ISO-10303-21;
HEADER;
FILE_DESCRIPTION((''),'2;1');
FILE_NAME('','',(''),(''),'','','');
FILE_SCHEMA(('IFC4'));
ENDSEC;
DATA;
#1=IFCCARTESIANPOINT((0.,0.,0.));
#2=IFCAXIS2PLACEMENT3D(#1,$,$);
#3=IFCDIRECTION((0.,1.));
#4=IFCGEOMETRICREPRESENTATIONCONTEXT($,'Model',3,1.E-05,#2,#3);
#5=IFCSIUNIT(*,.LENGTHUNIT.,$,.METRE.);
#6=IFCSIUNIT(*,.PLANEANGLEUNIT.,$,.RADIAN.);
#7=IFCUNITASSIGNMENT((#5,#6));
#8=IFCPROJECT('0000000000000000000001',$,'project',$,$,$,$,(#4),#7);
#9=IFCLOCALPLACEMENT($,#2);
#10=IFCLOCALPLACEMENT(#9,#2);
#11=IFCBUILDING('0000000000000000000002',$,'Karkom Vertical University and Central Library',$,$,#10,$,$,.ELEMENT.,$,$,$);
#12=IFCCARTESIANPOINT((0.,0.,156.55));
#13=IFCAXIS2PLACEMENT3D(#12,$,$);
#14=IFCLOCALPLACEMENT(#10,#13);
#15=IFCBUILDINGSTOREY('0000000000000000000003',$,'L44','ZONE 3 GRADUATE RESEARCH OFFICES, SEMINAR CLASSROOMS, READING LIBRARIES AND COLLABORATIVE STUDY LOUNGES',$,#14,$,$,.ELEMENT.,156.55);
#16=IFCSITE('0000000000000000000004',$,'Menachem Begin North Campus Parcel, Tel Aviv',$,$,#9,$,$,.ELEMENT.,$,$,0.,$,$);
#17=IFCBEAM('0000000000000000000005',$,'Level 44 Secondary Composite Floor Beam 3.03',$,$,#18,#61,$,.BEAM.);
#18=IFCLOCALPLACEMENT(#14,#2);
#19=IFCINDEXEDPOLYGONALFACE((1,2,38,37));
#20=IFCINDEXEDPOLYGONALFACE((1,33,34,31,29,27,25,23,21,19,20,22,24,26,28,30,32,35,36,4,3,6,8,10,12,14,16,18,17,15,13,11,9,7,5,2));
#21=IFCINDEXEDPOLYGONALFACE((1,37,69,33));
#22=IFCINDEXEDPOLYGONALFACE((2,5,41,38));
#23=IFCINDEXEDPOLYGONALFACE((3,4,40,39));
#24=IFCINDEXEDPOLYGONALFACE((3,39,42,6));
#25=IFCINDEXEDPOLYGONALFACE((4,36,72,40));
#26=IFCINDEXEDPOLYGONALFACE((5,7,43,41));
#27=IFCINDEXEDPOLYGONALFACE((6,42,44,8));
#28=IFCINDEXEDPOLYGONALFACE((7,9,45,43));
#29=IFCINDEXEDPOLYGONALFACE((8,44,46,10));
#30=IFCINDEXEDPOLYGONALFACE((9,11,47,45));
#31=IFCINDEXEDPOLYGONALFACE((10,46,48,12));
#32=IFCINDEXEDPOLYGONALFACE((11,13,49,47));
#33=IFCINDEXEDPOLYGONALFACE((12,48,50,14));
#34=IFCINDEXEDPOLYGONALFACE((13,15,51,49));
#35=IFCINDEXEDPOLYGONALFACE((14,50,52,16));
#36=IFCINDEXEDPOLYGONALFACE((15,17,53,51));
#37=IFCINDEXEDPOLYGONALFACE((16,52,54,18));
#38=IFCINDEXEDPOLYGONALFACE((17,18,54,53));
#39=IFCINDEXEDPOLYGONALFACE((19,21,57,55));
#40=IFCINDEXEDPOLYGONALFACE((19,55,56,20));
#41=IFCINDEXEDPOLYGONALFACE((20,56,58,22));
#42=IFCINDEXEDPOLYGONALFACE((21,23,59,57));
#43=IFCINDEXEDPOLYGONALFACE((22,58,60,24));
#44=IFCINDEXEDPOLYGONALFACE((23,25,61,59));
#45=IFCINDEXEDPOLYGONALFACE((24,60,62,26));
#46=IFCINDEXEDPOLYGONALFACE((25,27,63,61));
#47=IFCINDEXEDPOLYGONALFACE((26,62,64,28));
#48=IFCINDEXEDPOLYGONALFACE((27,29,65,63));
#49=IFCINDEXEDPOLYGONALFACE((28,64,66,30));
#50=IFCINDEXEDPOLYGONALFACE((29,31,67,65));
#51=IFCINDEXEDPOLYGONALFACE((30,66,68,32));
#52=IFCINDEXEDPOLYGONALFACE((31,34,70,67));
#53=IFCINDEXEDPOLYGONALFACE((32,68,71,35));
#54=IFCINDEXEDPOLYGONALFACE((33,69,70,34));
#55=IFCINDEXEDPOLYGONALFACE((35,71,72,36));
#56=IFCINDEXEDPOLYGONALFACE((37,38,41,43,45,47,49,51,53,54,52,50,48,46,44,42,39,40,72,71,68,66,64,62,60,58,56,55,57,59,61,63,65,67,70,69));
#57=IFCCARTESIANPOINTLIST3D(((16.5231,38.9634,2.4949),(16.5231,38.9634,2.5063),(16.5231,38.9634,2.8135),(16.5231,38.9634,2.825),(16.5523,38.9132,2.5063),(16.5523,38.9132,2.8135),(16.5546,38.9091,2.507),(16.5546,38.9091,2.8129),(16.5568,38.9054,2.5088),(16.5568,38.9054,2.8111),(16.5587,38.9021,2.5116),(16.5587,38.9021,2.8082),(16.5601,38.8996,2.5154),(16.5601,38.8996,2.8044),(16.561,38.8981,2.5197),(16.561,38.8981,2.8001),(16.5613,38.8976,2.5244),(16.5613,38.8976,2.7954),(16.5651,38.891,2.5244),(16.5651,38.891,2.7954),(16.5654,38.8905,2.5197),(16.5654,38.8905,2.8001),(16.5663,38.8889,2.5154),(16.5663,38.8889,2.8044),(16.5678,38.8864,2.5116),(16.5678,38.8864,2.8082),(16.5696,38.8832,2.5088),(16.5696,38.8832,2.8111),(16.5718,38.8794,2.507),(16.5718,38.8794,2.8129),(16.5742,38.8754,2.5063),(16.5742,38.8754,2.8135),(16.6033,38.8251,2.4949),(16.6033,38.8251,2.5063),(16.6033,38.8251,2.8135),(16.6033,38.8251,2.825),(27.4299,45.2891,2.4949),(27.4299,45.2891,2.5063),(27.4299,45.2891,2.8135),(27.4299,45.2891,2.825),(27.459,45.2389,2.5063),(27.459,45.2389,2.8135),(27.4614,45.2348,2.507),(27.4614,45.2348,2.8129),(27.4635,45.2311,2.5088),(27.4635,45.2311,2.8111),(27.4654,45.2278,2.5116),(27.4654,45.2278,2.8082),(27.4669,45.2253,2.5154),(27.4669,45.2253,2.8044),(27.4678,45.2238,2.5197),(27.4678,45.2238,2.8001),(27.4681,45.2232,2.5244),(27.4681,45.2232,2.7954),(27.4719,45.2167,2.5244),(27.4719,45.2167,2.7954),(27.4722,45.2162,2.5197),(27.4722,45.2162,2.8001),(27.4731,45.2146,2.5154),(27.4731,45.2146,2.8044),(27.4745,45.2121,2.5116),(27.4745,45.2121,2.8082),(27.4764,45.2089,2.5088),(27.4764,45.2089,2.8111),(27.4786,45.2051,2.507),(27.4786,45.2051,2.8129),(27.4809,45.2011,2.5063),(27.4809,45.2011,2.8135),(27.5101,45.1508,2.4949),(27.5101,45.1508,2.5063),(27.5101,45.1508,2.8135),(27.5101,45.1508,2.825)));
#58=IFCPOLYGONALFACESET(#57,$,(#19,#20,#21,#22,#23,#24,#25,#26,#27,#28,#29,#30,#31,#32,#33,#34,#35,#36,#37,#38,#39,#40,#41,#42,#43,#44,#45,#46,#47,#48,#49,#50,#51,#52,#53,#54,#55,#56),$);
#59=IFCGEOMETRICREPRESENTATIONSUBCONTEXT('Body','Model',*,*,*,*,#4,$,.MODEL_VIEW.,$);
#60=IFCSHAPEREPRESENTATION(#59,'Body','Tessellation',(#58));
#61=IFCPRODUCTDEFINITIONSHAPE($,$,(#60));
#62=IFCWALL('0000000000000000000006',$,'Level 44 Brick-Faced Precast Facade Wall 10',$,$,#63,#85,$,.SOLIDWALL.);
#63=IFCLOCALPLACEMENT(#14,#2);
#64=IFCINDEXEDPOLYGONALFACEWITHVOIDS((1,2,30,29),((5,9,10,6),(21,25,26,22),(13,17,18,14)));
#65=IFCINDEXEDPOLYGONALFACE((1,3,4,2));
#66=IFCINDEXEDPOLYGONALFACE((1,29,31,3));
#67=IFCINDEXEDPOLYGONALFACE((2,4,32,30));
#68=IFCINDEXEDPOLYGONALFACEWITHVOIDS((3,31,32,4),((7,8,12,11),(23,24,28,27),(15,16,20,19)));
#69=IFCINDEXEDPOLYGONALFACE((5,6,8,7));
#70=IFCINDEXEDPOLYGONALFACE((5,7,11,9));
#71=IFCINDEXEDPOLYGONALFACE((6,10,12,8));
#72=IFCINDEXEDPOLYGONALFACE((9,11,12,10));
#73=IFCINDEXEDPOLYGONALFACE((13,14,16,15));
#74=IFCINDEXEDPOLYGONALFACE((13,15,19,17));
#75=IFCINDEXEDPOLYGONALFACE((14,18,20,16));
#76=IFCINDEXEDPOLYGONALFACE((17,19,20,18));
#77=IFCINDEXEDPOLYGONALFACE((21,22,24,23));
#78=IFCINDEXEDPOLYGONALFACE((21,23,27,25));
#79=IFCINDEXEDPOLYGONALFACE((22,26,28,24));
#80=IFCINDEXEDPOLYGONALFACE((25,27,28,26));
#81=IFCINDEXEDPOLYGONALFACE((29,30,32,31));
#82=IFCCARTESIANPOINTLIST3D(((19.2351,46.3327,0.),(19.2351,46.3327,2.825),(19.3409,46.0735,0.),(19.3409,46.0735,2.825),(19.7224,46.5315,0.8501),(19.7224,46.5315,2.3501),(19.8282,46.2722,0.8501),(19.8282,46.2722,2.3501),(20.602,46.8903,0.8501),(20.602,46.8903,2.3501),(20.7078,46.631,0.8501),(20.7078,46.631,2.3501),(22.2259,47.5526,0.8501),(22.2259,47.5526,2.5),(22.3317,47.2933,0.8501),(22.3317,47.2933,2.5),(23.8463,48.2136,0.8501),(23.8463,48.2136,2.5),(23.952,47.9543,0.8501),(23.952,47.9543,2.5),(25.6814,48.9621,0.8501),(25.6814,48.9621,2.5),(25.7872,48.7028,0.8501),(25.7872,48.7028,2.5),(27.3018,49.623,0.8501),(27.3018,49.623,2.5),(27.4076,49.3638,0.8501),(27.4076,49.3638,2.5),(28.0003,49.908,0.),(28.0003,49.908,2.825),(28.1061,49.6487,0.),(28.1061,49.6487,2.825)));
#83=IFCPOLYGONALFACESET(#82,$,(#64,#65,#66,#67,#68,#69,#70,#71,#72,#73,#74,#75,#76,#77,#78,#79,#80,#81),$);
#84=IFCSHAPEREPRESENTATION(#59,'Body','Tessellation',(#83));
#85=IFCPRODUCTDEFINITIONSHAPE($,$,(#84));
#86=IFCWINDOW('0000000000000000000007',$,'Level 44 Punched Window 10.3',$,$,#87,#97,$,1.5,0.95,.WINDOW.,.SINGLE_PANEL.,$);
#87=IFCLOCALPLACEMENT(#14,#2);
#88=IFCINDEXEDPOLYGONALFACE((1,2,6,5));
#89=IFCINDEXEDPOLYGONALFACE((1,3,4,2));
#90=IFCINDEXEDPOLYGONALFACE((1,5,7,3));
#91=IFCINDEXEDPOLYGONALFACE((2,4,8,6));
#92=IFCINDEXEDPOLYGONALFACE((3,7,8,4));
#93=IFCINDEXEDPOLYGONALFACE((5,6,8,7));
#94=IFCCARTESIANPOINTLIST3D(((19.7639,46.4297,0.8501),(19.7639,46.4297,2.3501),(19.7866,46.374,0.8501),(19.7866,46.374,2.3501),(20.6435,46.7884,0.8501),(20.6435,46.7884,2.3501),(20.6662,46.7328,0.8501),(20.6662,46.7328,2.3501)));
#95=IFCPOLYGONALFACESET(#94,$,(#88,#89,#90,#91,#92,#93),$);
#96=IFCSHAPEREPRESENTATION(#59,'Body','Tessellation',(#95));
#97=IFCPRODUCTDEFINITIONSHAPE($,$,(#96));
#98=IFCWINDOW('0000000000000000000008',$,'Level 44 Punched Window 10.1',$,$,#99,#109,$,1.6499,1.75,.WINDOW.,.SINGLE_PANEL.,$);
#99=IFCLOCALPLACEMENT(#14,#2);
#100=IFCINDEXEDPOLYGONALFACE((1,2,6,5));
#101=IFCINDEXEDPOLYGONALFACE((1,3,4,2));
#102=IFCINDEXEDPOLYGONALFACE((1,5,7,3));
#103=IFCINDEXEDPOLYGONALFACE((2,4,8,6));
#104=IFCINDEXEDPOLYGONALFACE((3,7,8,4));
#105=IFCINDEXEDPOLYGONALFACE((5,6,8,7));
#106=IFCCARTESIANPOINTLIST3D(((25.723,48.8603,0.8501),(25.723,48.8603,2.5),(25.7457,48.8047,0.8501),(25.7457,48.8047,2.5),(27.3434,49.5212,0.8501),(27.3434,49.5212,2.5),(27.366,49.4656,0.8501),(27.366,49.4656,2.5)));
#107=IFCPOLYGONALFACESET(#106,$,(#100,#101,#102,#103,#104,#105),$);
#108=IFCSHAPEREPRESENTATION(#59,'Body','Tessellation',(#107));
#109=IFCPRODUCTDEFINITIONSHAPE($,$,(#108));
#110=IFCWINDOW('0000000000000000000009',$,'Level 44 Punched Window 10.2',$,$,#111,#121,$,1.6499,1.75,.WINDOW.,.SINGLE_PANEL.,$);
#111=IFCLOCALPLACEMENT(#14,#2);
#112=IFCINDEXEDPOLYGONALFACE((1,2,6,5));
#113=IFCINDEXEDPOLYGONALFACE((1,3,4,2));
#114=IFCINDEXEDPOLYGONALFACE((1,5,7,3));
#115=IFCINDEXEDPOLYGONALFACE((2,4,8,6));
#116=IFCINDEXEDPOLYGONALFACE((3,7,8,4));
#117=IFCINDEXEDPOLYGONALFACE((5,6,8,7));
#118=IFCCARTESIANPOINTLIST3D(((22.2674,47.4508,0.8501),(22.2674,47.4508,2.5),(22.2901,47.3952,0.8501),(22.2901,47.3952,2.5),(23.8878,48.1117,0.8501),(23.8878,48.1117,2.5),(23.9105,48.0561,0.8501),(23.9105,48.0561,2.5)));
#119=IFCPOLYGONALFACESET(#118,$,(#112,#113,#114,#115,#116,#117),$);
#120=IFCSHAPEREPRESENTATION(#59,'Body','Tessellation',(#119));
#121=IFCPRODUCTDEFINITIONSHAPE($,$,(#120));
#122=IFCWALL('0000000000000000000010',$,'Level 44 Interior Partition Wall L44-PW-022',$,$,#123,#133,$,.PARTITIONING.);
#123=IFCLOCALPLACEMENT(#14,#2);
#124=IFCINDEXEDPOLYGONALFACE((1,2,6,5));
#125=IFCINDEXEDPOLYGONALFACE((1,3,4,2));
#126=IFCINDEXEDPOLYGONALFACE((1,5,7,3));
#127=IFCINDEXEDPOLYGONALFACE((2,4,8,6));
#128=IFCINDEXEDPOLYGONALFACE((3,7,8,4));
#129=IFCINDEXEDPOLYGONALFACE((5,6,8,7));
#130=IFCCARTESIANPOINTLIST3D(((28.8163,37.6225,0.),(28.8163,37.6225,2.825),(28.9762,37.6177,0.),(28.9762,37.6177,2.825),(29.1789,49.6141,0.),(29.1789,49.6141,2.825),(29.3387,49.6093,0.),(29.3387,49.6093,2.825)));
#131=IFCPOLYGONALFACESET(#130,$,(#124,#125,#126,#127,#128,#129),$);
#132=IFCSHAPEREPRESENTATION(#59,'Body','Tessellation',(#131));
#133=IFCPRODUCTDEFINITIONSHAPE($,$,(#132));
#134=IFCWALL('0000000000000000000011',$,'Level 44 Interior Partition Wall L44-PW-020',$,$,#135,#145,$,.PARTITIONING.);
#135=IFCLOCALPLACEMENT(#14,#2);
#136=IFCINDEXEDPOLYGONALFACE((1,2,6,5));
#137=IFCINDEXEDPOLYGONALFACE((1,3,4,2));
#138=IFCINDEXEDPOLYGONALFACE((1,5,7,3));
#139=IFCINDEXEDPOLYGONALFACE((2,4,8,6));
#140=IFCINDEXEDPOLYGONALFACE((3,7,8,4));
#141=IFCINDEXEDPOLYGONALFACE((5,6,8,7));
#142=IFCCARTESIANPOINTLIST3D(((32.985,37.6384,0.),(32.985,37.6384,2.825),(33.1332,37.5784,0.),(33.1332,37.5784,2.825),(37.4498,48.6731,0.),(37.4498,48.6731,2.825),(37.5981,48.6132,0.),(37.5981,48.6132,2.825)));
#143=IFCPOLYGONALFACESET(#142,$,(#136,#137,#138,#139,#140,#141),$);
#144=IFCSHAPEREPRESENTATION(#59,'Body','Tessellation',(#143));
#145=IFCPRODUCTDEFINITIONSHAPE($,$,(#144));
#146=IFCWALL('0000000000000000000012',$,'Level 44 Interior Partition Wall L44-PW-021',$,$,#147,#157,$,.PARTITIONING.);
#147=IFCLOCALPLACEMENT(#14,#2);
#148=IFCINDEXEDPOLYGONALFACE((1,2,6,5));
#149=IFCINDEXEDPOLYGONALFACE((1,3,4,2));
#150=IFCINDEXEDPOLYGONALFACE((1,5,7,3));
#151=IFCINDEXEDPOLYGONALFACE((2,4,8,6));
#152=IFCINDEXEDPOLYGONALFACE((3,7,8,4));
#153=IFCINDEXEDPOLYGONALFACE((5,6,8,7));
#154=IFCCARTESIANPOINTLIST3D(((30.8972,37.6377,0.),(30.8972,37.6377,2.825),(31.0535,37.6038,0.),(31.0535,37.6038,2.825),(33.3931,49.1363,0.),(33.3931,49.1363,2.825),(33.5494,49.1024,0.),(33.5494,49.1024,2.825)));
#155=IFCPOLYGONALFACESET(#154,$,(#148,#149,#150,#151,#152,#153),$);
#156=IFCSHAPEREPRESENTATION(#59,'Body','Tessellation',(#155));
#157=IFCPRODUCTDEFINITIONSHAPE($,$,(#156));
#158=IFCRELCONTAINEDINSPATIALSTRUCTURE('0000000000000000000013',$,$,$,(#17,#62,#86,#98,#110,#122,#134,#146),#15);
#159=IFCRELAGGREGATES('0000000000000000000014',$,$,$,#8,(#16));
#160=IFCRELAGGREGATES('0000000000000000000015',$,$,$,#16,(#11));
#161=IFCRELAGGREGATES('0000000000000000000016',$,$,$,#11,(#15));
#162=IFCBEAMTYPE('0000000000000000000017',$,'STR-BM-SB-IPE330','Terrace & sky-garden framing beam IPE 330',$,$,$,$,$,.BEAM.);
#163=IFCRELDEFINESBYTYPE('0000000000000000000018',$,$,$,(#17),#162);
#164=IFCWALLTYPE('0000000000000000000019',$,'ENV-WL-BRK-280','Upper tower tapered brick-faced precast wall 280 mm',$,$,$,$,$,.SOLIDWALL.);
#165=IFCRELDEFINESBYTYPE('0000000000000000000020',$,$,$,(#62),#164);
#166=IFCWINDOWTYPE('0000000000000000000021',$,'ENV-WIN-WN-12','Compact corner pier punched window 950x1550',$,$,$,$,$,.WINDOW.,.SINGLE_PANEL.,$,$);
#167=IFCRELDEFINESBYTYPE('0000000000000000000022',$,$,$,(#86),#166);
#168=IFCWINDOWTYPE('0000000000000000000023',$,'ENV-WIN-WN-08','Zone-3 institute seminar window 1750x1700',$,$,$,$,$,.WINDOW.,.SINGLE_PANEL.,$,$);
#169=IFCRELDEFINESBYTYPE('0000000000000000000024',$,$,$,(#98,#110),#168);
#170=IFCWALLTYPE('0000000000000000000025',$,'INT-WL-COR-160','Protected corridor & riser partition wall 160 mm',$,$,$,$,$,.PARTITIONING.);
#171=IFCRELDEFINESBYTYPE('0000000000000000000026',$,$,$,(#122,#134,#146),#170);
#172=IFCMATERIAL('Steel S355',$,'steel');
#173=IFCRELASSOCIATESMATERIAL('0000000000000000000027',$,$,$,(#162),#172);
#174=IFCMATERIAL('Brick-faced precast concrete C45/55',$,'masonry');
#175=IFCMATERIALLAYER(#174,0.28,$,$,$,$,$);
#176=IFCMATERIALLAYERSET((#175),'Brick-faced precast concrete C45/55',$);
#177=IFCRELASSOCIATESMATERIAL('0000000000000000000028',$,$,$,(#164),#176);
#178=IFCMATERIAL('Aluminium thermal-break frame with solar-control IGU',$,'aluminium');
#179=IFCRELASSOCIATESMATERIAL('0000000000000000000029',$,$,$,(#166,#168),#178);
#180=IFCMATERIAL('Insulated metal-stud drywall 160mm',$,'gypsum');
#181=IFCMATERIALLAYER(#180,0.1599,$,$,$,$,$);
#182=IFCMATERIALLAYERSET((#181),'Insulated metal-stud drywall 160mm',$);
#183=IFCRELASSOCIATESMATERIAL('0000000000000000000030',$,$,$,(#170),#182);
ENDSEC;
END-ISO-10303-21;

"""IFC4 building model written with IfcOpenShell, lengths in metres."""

from ifc_helpers import new_model, si_unit, direction, frame, frame_2d, origin, origin_with_axes, origin_2d, place, context, subcontext, project, spatial, rectangle, i_section, extrude, source, transform, mapped, material, layer, layer_set, material_profile, profile_set, type_object, element, fill, save


model = new_model("IFC4")

# Units and contexts
model_context = context("Model", 3, precision=1e-05, world=origin(), true_north=direction((0.0, 1.0)))
body_context = subcontext(model_context, "Body", "Model", "MODEL_VIEW")
ifc_project = project(units=[si_unit("LENGTHUNIT", "METRE"), si_unit("PLANEANGLEUNIT", "RADIAN")], contexts=[model_context])

# Site, building, storey
site_placement = place(None, origin())
site = spatial("IfcSite", under=ifc_project, at=site_placement, Name="Menachem Begin North Campus Parcel, Tel Aviv", CompositionType="ELEMENT", RefElevation=0.0)
building_placement = place(site_placement, origin())
building = spatial("IfcBuilding", under=site, at=building_placement, Name="Karkom Vertical University and Central Library", CompositionType="ELEMENT")
storey_placement = place(building_placement, frame((0.0, 0.0, 156.55)))
storey = spatial("IfcBuildingStorey", under=building, at=storey_placement, Name="L44", Description="ZONE 3 GRADUATE RESEARCH OFFICES, SEMINAR CLASSROOMS, READING LIBRARIES AND COLLABORATIVE STUDY LOUNGES", CompositionType="ELEMENT", Elevation=156.55)

# Beam
ifc_material_1 = material(Name="Steel S355", Category="steel")
ifc_material_profile_1 = material_profile(ifc_material_1, i_section(OverallWidth=0.1599, OverallDepth=0.3301, WebThickness=0.0076, FlangeThickness=0.0115, FilletRadius=0.0181, at=origin_2d()), Name="IPE 330")
ifc_profile_set_1 = profile_set([ifc_material_profile_1], Name="Steel S355")
beam_type_1 = type_object("IfcBeamType", Name="STR-BM-SB-IPE330", Description="Terrace & sky-garden framing beam IPE 330", PredefinedType="BEAM", material=ifc_profile_set_1)
shared_shape_1 = source(origin_with_axes(), body_context, "Body", "SweptSolid", [
    extrude(i_section(OverallWidth=0.1599, OverallDepth=0.3301, WebThickness=0.0076, FlangeThickness=0.0115, FilletRadius=0.0181, at=origin_2d()), origin(), (0.0, 0.0, 1.0), 12.6084),
])
beam_1_placement = place(storey_placement, frame((27.47, 45.22, 2.6599), z_axis=(-0.865039, -0.501705, 0.0), x_axis=(0.501705, -0.865039, 0.0)))
element("IfcBeam", 1, at=beam_1_placement, inside=storey, type_object=beam_type_1, Name="Level 44 Secondary Composite Floor Beam 3.03", PredefinedType="BEAM", context=body_context, shape_type="MappedRepresentation", body=[
    mapped(shared_shape_1, transform((0.0, 0.0, 0.0), scale=1.0)),
])

# Wall, openings, windows
ifc_material_2 = material(Name="Brick-faced precast concrete C45/55", Category="masonry")
ifc_layer_1 = layer(ifc_material_2, 0.28)
ifc_layer_set_1 = layer_set([ifc_layer_1], Name="Brick-faced precast concrete C45/55")
wall_type_1 = type_object("IfcWallType", Name="ENV-WL-BRK-280", Description="Upper tower tapered brick-faced precast wall 280 mm", PredefinedType="SOLIDWALL", material=ifc_layer_set_1)
wall_1_placement = place(storey_placement, frame((28.0532, 49.7783, 0.0), z_axis=(0.0, 0.0, 1.0), x_axis=(-0.925937, -0.377679, 0.0)))
wall_1 = element("IfcWall", 2, at=wall_1_placement, inside=storey, type_object=wall_type_1, Name="Level 44 Brick-Faced Precast Facade Wall 10", PredefinedType="SOLIDWALL", context=body_context, shape_type="SweptSolid", body=[
    extrude(rectangle(XDim=9.4663, YDim=0.28, at=frame_2d((4.7332, 0.0))), origin(), (0.0, 0.0, 1.0), 2.825),
])
opening_1_placement = place(wall_1_placement, frame((0.7544, 0.0, 0.8501)))
opening_1 = element("IfcOpeningElement", 3, at=opening_1_placement, cuts=wall_1, PredefinedType="OPENING", context=body_context, shape_type="SweptSolid", body=[
    extrude(rectangle(XDim=1.75, YDim=1.6499, at=frame_2d((0.875, 0.825))), frame((0.0, 0.1499, 0.0), z_axis=(0.0, -1.0, 0.0), x_axis=(1.0, 0.0, 0.0)), (0.0, 0.0, 1.0), 0.3),
])
opening_2_placement = place(wall_1_placement, frame((4.4863, 0.0, 0.8501)))
opening_2 = element("IfcOpeningElement", 4, at=opening_2_placement, cuts=wall_1, PredefinedType="OPENING", context=body_context, shape_type="SweptSolid", body=[
    extrude(rectangle(XDim=1.75, YDim=1.6499, at=frame_2d((0.875, 0.825))), frame((0.0, 0.1499, 0.0), z_axis=(0.0, -1.0, 0.0), x_axis=(1.0, 0.0, 0.0)), (0.0, 0.0, 1.0), 0.3),
])
opening_3_placement = place(wall_1_placement, frame((7.99, 0.0, 0.8501)))
opening_3 = element("IfcOpeningElement", 5, at=opening_3_placement, cuts=wall_1, PredefinedType="OPENING", context=body_context, shape_type="SweptSolid", body=[
    extrude(rectangle(XDim=0.95, YDim=1.5, at=frame_2d((0.4751, 0.75))), frame((0.0, 0.1499, 0.0), z_axis=(0.0, -1.0, 0.0), x_axis=(1.0, 0.0, 0.0)), (0.0, 0.0, 1.0), 0.3),
])
ifc_material_3 = material(Name="Aluminium thermal-break frame with solar-control IGU", Category="aluminium")
window_type_1 = type_object("IfcWindowType", Name="ENV-WIN-WN-12", Description="Compact corner pier punched window 950x1550", PartitioningType="SINGLE_PANEL", PredefinedType="WINDOW", material=ifc_material_3)
shared_shape_2 = source(origin_with_axes(), body_context, "Body", "SweptSolid", [
    extrude(rectangle(XDim=0.95, YDim=1.5, at=frame_2d((0.4751, 0.75))), frame((0.0, 0.03, 0.0), z_axis=(0.0, -1.0, 0.0), x_axis=(1.0, 0.0, 0.0)), (0.0, 0.0, 1.0), 0.0601),
])
window_1_placement = place(opening_3_placement, origin())
window_1 = element("IfcWindow", 6, at=window_1_placement, inside=storey, type_object=window_type_1, Name="Level 44 Punched Window 10.3", OverallHeight=1.5, OverallWidth=0.95, PartitioningType="SINGLE_PANEL", PredefinedType="WINDOW", context=body_context, shape_type="MappedRepresentation", body=[
    mapped(shared_shape_2, transform((0.0, 0.0, 0.0), scale=1.0)),
])
fill(opening_3, window_1)
window_type_2 = type_object("IfcWindowType", Name="ENV-WIN-WN-08", Description="Zone-3 institute seminar window 1750x1700", PartitioningType="SINGLE_PANEL", PredefinedType="WINDOW", material=ifc_material_3)
shared_shape_3 = source(origin_with_axes(), body_context, "Body", "SweptSolid", [
    extrude(rectangle(XDim=1.75, YDim=1.6499, at=frame_2d((0.875, 0.825))), frame((0.0, 0.03, 0.0), z_axis=(0.0, -1.0, 0.0), x_axis=(1.0, 0.0, 0.0)), (0.0, 0.0, 1.0), 0.0601),
])
window_2_placement = place(opening_1_placement, origin())
window_2 = element("IfcWindow", 7, at=window_2_placement, inside=storey, type_object=window_type_2, Name="Level 44 Punched Window 10.1", OverallHeight=1.6499, OverallWidth=1.75, PartitioningType="SINGLE_PANEL", PredefinedType="WINDOW", context=body_context, shape_type="MappedRepresentation", body=[
    mapped(shared_shape_3, transform((0.0, 0.0, 0.0), scale=1.0)),
])
fill(opening_1, window_2)
window_3_placement = place(opening_2_placement, origin())
window_3 = element("IfcWindow", 8, at=window_3_placement, inside=storey, type_object=window_type_2, Name="Level 44 Punched Window 10.2", OverallHeight=1.6499, OverallWidth=1.75, PartitioningType="SINGLE_PANEL", PredefinedType="WINDOW", context=body_context, shape_type="MappedRepresentation", body=[
    mapped(shared_shape_3, transform((0.0, 0.0, 0.0), scale=1.0)),
])
fill(opening_2, window_3)

# Walls
ifc_material_4 = material(Name="Insulated metal-stud drywall 160mm", Category="gypsum")
ifc_layer_2 = layer(ifc_material_4, 0.1599)
ifc_layer_set_2 = layer_set([ifc_layer_2], Name="Insulated metal-stud drywall 160mm")
wall_type_2 = type_object("IfcWallType", Name="INT-WL-COR-160", Description="Protected corridor & riser partition wall 160 mm", PredefinedType="PARTITIONING", material=ifc_layer_set_2)
wall_2_placement = place(storey_placement, frame((28.8962, 37.6201, 0.0), z_axis=(0.0, 0.0, 1.0), x_axis=(0.03022, 0.999543, 0.0)))
element("IfcWall", 9, at=wall_2_placement, inside=storey, type_object=wall_type_2, Name="Level 44 Interior Partition Wall L44-PW-022", PredefinedType="PARTITIONING", context=body_context, shape_type="SweptSolid", body=[
    extrude(rectangle(XDim=11.9971, YDim=0.1599, at=frame_2d((5.9985, 0.0))), origin(), (0.0, 0.0, 1.0), 2.825),
])
wall_3_placement = place(storey_placement, frame((33.0591, 37.6084, 0.0), z_axis=(0.0, 0.0, 1.0), x_axis=(0.375079, 0.926993, 0.0)))
element("IfcWall", 10, at=wall_3_placement, inside=storey, type_object=wall_type_2, Name="Level 44 Interior Partition Wall L44-PW-020", PredefinedType="PARTITIONING", context=body_context, shape_type="SweptSolid", body=[
    extrude(rectangle(XDim=11.9038, YDim=0.1599, at=frame_2d((5.9519, 0.0))), origin(), (0.0, 0.0, 1.0), 2.825),
])
wall_4_placement = place(storey_placement, frame((30.9753, 37.6206, 0.0), z_axis=(0.0, 0.0, 1.0), x_axis=(0.212119, 0.977244, 0.0)))
element("IfcWall", 11, at=wall_4_placement, inside=storey, type_object=wall_type_2, Name="Level 44 Interior Partition Wall L44-PW-021", PredefinedType="PARTITIONING", context=body_context, shape_type="SweptSolid", body=[
    extrude(rectangle(XDim=11.7664, YDim=0.1599, at=frame_2d((5.8833, 0.0))), origin(), (0.0, 0.0, 1.0), 2.825),
])

save(model, "model.ifc")
